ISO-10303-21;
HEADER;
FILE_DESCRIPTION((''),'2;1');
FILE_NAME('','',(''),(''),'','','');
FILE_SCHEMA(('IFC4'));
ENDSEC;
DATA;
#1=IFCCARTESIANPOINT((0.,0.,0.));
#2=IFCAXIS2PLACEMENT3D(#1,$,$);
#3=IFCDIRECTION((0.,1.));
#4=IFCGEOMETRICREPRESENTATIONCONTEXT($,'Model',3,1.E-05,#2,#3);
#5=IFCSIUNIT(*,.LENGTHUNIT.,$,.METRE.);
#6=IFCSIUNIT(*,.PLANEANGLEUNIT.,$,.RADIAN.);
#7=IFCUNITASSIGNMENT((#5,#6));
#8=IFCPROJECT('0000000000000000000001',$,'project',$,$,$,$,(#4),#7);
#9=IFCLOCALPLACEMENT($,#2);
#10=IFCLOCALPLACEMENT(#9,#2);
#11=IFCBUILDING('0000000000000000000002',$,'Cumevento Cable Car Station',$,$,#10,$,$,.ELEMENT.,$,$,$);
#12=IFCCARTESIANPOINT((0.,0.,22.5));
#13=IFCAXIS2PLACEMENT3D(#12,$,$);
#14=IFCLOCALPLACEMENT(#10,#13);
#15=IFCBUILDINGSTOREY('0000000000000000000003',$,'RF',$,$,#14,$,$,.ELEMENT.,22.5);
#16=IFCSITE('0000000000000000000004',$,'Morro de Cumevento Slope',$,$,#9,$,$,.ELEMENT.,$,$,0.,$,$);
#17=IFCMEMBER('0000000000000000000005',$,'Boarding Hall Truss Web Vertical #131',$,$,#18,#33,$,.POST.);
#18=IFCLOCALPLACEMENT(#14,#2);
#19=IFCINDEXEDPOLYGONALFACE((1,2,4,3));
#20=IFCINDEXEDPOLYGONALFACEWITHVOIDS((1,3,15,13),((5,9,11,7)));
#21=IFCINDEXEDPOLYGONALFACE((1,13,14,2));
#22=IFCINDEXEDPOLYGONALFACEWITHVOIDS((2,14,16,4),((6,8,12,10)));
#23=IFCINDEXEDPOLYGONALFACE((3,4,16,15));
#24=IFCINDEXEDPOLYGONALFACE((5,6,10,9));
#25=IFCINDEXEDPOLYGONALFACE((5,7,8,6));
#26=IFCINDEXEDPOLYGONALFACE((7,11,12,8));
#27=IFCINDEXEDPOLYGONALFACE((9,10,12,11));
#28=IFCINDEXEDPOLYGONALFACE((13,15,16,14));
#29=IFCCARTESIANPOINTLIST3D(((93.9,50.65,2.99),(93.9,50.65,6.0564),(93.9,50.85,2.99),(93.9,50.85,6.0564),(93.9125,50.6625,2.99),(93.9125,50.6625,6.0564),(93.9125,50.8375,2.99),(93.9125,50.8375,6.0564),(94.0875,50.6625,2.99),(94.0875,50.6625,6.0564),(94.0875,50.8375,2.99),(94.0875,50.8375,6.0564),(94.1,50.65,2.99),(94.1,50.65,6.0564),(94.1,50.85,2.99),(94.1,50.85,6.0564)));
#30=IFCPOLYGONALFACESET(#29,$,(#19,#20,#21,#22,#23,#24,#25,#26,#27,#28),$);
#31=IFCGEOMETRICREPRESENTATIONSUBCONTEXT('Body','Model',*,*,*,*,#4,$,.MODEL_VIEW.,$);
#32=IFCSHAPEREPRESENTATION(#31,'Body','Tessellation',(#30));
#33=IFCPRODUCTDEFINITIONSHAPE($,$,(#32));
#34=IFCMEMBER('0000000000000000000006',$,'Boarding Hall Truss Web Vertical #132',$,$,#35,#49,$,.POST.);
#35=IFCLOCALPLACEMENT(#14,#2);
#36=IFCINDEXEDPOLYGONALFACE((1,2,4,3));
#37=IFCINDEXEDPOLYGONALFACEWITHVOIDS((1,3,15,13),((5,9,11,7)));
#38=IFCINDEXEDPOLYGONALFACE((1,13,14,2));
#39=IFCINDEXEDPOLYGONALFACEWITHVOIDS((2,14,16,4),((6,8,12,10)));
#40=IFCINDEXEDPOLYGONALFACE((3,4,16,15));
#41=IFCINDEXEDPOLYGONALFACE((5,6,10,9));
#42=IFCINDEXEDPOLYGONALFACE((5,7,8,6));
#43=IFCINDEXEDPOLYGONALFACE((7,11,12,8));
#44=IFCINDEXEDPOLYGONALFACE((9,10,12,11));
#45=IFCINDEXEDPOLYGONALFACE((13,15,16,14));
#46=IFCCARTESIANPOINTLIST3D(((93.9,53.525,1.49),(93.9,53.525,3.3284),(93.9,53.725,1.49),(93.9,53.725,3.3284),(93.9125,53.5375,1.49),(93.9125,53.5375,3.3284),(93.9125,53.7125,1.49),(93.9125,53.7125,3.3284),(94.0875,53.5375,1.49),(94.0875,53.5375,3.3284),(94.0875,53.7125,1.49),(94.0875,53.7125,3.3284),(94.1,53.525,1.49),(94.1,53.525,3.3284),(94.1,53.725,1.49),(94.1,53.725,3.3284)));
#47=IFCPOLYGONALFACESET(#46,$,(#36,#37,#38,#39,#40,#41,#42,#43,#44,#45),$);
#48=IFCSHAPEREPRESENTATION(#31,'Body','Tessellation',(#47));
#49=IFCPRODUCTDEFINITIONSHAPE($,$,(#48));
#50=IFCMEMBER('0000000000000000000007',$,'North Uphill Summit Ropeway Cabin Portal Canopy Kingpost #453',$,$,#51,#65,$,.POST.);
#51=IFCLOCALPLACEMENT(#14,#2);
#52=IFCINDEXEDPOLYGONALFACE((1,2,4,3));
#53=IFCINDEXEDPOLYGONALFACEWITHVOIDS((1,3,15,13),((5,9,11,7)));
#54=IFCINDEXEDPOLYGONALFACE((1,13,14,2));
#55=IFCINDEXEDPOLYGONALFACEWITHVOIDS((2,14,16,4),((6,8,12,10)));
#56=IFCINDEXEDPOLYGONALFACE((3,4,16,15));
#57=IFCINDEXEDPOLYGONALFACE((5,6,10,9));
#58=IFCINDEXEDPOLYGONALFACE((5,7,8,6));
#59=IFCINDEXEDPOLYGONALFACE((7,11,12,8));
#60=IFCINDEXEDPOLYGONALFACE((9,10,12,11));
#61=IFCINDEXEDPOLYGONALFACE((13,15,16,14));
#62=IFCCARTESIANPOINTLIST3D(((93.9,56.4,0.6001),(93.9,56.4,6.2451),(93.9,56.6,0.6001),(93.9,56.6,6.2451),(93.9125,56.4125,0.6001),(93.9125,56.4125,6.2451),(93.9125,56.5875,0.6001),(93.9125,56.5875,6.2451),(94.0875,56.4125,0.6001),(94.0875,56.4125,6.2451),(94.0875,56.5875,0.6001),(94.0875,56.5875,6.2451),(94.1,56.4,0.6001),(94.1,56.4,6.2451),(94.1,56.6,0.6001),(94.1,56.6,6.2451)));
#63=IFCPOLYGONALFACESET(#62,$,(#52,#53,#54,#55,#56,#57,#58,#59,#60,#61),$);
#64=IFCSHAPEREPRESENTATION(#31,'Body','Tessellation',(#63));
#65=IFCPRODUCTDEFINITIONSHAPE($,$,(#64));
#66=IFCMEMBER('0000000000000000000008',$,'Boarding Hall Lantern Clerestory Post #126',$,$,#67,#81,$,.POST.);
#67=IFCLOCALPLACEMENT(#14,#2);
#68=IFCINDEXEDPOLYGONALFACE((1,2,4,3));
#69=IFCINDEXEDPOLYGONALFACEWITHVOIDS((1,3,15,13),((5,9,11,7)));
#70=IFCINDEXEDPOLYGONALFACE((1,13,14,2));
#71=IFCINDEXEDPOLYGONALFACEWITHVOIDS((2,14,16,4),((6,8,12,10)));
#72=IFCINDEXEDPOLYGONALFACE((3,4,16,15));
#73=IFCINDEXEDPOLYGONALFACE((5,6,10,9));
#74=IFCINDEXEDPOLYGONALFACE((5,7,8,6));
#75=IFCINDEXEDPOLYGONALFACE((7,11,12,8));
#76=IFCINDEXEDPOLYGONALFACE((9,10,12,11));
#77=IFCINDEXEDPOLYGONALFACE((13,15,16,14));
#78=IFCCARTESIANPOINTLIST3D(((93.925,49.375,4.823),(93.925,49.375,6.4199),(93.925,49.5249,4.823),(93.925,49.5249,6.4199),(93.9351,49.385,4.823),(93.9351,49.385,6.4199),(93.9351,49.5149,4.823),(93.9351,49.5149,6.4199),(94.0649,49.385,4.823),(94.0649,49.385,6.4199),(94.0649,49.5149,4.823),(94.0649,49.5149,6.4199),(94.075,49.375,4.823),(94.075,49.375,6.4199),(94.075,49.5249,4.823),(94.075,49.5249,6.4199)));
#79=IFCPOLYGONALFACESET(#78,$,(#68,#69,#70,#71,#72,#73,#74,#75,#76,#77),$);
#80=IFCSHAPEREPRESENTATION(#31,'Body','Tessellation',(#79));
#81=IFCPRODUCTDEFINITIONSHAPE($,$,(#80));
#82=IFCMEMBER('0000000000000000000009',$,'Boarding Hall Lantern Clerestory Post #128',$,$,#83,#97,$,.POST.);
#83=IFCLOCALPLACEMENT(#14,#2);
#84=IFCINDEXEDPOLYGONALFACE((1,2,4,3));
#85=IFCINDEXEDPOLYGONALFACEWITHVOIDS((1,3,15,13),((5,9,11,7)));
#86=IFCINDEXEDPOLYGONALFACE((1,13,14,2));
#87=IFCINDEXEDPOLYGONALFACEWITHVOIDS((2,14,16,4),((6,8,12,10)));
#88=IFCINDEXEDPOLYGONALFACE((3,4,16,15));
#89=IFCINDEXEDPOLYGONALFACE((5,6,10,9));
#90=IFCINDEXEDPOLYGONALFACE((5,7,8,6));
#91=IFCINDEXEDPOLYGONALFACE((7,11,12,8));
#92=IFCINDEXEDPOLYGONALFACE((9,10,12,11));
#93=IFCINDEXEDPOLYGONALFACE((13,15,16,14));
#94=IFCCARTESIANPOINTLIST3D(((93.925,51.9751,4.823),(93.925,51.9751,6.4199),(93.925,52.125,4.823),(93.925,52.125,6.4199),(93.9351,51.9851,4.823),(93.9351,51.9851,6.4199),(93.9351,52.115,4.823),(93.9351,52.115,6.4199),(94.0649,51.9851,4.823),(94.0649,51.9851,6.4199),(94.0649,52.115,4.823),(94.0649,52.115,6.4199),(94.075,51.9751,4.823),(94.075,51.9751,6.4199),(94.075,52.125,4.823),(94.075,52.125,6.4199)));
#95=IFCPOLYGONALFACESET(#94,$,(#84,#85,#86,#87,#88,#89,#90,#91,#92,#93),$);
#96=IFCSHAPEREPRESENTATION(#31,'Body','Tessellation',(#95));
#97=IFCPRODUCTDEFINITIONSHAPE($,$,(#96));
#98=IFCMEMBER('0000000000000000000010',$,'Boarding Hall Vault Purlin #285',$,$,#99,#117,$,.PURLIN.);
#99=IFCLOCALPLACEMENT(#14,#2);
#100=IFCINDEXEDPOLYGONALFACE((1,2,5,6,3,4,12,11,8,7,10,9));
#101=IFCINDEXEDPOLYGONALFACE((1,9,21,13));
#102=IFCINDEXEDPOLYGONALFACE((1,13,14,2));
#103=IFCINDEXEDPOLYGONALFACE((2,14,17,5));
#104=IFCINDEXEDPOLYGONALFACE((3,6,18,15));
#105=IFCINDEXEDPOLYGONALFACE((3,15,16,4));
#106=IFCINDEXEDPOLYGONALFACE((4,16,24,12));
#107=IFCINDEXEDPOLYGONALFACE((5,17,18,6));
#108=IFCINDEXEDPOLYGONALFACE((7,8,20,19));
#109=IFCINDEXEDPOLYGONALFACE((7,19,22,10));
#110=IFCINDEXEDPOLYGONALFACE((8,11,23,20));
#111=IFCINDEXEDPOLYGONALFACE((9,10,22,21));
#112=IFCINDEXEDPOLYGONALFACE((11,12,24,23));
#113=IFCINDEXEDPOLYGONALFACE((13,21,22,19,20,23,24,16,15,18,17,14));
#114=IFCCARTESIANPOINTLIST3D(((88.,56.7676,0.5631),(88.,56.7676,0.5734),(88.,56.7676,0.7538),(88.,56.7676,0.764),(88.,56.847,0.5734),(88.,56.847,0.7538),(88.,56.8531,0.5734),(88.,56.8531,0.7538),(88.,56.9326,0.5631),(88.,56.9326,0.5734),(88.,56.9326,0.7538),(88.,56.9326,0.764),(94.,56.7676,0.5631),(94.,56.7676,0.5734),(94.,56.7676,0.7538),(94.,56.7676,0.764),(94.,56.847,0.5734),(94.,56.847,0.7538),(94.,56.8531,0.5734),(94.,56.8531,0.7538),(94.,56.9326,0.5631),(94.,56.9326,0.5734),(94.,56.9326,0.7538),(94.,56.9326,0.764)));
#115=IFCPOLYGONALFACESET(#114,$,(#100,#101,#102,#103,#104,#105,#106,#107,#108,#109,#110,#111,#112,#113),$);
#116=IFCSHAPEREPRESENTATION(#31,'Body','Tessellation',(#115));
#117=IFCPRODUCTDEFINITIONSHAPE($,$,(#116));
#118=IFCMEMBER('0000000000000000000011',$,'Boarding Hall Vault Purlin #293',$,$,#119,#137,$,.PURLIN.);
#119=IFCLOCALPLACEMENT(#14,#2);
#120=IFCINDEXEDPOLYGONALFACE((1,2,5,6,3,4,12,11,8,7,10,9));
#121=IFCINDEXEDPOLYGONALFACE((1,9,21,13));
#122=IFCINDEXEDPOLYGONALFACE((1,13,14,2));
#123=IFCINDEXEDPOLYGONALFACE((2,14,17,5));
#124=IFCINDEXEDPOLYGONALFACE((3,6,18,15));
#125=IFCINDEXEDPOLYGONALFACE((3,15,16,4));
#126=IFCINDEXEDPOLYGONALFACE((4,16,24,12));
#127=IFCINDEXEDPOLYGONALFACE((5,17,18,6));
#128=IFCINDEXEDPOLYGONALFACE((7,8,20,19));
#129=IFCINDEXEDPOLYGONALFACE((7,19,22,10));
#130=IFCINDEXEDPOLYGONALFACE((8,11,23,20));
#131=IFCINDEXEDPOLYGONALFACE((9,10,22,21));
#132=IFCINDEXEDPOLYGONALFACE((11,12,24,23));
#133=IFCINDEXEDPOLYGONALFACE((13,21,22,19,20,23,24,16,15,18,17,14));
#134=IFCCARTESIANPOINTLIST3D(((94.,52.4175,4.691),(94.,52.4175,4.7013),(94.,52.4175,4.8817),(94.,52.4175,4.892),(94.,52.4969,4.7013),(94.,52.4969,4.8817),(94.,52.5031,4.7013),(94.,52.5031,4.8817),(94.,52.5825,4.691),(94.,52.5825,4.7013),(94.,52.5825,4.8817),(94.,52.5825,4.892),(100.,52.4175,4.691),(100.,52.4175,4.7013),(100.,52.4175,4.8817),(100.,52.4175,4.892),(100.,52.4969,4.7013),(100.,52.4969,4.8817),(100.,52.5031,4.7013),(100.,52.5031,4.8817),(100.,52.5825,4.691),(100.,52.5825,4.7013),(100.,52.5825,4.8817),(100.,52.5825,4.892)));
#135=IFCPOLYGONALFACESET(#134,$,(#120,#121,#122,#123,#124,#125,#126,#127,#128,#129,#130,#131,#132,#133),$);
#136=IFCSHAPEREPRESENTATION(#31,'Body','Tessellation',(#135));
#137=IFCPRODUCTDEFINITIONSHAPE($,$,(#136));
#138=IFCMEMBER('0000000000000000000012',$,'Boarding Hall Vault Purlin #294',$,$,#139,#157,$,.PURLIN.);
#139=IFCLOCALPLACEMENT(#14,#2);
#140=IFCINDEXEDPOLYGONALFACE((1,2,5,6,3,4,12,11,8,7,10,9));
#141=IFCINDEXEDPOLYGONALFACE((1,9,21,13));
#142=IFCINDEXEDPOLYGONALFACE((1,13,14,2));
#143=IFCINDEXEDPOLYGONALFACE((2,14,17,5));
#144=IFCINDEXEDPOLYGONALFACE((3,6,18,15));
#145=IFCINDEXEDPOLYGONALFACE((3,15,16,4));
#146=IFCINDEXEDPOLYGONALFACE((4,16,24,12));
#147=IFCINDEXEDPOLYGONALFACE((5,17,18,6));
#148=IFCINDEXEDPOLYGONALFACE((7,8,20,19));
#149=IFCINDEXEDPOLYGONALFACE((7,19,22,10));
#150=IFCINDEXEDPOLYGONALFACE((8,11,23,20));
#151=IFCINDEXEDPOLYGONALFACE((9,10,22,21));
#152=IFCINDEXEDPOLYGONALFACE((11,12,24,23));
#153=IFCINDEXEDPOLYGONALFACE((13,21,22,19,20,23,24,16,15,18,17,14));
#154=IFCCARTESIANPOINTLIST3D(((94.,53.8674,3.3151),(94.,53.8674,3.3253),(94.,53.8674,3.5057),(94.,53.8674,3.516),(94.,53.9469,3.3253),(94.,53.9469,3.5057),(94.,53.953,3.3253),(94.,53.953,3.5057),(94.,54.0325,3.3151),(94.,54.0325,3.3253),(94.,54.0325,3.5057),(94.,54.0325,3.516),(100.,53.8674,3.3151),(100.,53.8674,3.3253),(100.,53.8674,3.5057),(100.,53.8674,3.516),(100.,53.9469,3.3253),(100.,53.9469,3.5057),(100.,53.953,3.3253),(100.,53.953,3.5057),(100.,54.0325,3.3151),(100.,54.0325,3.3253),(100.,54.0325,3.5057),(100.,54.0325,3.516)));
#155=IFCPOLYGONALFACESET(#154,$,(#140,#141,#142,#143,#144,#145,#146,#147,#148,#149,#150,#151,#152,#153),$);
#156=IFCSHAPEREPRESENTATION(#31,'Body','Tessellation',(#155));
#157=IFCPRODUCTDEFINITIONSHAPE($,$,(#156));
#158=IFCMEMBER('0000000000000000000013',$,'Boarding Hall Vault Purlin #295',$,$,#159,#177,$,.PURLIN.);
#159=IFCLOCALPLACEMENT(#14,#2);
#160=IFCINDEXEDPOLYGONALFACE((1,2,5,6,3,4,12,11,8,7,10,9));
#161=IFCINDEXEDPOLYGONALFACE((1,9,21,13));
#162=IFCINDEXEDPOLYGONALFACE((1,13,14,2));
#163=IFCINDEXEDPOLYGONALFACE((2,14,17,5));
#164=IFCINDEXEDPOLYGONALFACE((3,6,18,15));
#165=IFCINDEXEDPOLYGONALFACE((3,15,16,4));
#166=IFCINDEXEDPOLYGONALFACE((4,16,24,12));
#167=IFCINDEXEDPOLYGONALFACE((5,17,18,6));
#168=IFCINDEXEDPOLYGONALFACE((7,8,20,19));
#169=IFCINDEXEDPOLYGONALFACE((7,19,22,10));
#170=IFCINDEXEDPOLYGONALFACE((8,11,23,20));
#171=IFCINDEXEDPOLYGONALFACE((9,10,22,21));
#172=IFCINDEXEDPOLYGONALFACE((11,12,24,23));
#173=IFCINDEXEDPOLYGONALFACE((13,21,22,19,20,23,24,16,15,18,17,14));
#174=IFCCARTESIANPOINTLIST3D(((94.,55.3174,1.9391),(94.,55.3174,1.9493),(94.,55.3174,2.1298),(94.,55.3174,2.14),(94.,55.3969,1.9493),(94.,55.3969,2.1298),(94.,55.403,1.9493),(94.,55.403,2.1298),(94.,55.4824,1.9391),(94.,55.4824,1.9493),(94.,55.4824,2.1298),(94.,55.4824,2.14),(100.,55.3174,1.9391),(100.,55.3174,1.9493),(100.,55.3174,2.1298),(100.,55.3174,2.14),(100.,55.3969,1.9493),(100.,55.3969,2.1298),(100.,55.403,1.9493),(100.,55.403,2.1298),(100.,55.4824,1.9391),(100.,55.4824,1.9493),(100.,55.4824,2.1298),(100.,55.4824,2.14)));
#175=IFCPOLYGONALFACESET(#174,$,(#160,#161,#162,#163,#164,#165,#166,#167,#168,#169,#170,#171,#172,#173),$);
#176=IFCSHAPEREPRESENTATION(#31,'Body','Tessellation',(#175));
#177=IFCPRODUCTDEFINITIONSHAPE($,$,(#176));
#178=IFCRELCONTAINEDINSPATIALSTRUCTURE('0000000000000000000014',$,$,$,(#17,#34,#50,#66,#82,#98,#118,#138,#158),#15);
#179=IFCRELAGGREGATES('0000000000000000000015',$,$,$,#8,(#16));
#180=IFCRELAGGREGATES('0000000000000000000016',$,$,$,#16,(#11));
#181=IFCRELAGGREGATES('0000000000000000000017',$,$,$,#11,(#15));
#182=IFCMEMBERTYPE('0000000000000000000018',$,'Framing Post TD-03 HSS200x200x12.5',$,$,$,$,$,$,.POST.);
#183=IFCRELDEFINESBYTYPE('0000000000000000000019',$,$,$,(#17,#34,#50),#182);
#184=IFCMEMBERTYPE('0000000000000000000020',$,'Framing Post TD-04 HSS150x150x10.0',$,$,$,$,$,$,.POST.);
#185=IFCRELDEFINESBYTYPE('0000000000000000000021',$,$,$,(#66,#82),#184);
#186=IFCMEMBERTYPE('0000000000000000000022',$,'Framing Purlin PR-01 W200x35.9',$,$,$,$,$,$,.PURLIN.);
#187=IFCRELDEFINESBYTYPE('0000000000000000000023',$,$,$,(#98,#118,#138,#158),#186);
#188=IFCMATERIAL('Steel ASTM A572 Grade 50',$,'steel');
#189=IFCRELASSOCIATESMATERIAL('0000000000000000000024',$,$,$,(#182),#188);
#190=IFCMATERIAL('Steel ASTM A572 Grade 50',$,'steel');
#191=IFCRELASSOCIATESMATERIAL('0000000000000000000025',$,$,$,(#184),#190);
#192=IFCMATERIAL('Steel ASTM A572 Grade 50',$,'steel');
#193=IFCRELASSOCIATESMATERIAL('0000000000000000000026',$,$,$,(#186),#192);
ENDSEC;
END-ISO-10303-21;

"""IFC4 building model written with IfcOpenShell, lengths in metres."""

from ifc_helpers import new_model, si_unit, direction, frame, origin, origin_2d, place, context, subcontext, project, spatial, hollow_rectangle, i_section, extrude, material, material_profile, profile_set, type_object, element, save


model = new_model("IFC4")

# Units and contexts
model_context = context("Model", 3, precision=1e-05, world=origin(), true_north=direction((0.0, 1.0)))
body_context = subcontext(model_context, "Body", "Model", "MODEL_VIEW")
ifc_project = project(units=[si_unit("LENGTHUNIT", "METRE"), si_unit("PLANEANGLEUNIT", "RADIAN")], contexts=[model_context])

# Site, building, storey
site_placement = place(None, origin())
site = spatial("IfcSite", under=ifc_project, at=site_placement, Name="Morro de Cumevento Slope", CompositionType="ELEMENT", RefElevation=0.0)
building_placement = place(site_placement, origin())
building = spatial("IfcBuilding", under=site, at=building_placement, Name="Cumevento Cable Car Station", CompositionType="ELEMENT")
storey_placement = place(building_placement, frame((0.0, 0.0, 22.5)))
storey = spatial("IfcBuildingStorey", under=building, at=storey_placement, Name="RF", CompositionType="ELEMENT", Elevation=22.5)

# Members
ifc_material_1 = material(Name="Steel ASTM A572 Grade 50", Category="steel")
ifc_material_profile_1 = material_profile(ifc_material_1, hollow_rectangle(XDim=0.2, YDim=0.2, WallThickness=0.0125, at=origin_2d()), Name="HSS200x200x12.5")
ifc_profile_set_1 = profile_set([ifc_material_profile_1], Name="Steel ASTM A572 Grade 50")
member_type_1 = type_object("IfcMemberType", Name="Framing Post TD-03 HSS200x200x12.5", PredefinedType="POST", material=ifc_profile_set_1)
member_1_placement = place(storey_placement, frame((94.0, 50.75, 2.99), z_axis=(0.0, 0.0, 1.0), x_axis=(1.0, 0.0, 0.0)))
element("IfcMember", 1, at=member_1_placement, inside=storey, type_object=member_type_1, Name="Boarding Hall Truss Web Vertical #131", PredefinedType="POST", context=body_context, shape_type="SweptSolid", body=[
    extrude(hollow_rectangle(XDim=0.2, YDim=0.2, WallThickness=0.0125, at=origin_2d()), origin(), (0.0, 0.0, 1.0), 3.0664),
])
member_2_placement = place(storey_placement, frame((94.0, 53.625, 1.49), z_axis=(0.0, 0.0, 1.0), x_axis=(1.0, 0.0, 0.0)))
element("IfcMember", 2, at=member_2_placement, inside=storey, type_object=member_type_1, Name="Boarding Hall Truss Web Vertical #132", PredefinedType="POST", context=body_context, shape_type="SweptSolid", body=[
    extrude(hollow_rectangle(XDim=0.2, YDim=0.2, WallThickness=0.0125, at=origin_2d()), origin(), (0.0, 0.0, 1.0), 1.8384),
])
member_3_placement = place(storey_placement, frame((94.0, 56.5, 0.6001), z_axis=(0.0, 0.0, 1.0), x_axis=(1.0, 0.0, 0.0)))
element("IfcMember", 3, at=member_3_placement, inside=storey, type_object=member_type_1, Name="North Uphill Summit Ropeway Cabin Portal Canopy Kingpost #453", PredefinedType="POST", context=body_context, shape_type="SweptSolid", body=[
    extrude(hollow_rectangle(XDim=0.2, YDim=0.2, WallThickness=0.0125, at=origin_2d()), origin(), (0.0, 0.0, 1.0), 5.645),
])
ifc_material_2 = material(Name="Steel ASTM A572 Grade 50", Category="steel")
ifc_material_profile_2 = material_profile(ifc_material_2, hollow_rectangle(XDim=0.1499, YDim=0.1499, WallThickness=0.01, at=origin_2d()), Name="HSS150x150x10.0")
ifc_profile_set_2 = profile_set([ifc_material_profile_2], Name="Steel ASTM A572 Grade 50")
member_type_2 = type_object("IfcMemberType", Name="Framing Post TD-04 HSS150x150x10.0", PredefinedType="POST", material=ifc_profile_set_2)
for number, where, z_axis, x_axis, name in (
    (4, (94.0, 49.45, 4.823), (0.0, 0.0, 1.0), (1.0, 0.0, 0.0), "Boarding Hall Lantern Clerestory Post #126"),
    (5, (94.0, 52.05, 4.823), (0.0, 0.0, 1.0), (1.0, 0.0, 0.0), "Boarding Hall Lantern Clerestory Post #128"),
):
    element("IfcMember", number, at=place(storey_placement, frame(where, z_axis=z_axis, x_axis=x_axis)), inside=storey, type_object=member_type_2, Name=name, PredefinedType="POST", context=body_context, shape_type="SweptSolid", body=[
        extrude(hollow_rectangle(XDim=0.1499, YDim=0.1499, WallThickness=0.01, at=origin_2d()), origin(), (0.0, 0.0, 1.0), 1.5969),
    ])
ifc_material_3 = material(Name="Steel ASTM A572 Grade 50", Category="steel")
ifc_material_profile_3 = material_profile(ifc_material_3, i_section(OverallWidth=0.165, OverallDepth=0.2009, WebThickness=0.0061, FlangeThickness=0.0103, at=origin_2d()), Name="W200x35.9")
ifc_profile_set_3 = profile_set([ifc_material_profile_3], Name="Steel ASTM A572 Grade 50")
member_type_3 = type_object("IfcMemberType", Name="Framing Purlin PR-01 W200x35.9", PredefinedType="PURLIN", material=ifc_profile_set_3)
for number, where, z_axis, x_axis, name in (
    (6, (88.0, 56.8501, 0.6636), (1.0, 0.0, 0.0), (0.0, 1.0, 0.0), "Boarding Hall Vault Purlin #285"),
    (7, (94.0, 52.5, 4.7915), (1.0, 0.0, 0.0), (0.0, 1.0, 0.0), "Boarding Hall Vault Purlin #293"),
    (8, (94.0, 53.95, 3.4155), (1.0, 0.0, 0.0), (0.0, 1.0, 0.0), "Boarding Hall Vault Purlin #294"),
    (9, (94.0, 55.3999, 2.0396), (1.0, 0.0, 0.0), (0.0, 1.0, 0.0), "Boarding Hall Vault Purlin #295"),
):
    element("IfcMember", number, at=place(storey_placement, frame(where, z_axis=z_axis, x_axis=x_axis)), inside=storey, type_object=member_type_3, Name=name, PredefinedType="PURLIN", context=body_context, shape_type="SweptSolid", body=[
        extrude(i_section(OverallWidth=0.165, OverallDepth=0.2009, WebThickness=0.0061, FlangeThickness=0.0103, at=origin_2d()), origin(), (0.0, 0.0, 1.0), 6.0),
    ])

save(model, "model.ifc")
